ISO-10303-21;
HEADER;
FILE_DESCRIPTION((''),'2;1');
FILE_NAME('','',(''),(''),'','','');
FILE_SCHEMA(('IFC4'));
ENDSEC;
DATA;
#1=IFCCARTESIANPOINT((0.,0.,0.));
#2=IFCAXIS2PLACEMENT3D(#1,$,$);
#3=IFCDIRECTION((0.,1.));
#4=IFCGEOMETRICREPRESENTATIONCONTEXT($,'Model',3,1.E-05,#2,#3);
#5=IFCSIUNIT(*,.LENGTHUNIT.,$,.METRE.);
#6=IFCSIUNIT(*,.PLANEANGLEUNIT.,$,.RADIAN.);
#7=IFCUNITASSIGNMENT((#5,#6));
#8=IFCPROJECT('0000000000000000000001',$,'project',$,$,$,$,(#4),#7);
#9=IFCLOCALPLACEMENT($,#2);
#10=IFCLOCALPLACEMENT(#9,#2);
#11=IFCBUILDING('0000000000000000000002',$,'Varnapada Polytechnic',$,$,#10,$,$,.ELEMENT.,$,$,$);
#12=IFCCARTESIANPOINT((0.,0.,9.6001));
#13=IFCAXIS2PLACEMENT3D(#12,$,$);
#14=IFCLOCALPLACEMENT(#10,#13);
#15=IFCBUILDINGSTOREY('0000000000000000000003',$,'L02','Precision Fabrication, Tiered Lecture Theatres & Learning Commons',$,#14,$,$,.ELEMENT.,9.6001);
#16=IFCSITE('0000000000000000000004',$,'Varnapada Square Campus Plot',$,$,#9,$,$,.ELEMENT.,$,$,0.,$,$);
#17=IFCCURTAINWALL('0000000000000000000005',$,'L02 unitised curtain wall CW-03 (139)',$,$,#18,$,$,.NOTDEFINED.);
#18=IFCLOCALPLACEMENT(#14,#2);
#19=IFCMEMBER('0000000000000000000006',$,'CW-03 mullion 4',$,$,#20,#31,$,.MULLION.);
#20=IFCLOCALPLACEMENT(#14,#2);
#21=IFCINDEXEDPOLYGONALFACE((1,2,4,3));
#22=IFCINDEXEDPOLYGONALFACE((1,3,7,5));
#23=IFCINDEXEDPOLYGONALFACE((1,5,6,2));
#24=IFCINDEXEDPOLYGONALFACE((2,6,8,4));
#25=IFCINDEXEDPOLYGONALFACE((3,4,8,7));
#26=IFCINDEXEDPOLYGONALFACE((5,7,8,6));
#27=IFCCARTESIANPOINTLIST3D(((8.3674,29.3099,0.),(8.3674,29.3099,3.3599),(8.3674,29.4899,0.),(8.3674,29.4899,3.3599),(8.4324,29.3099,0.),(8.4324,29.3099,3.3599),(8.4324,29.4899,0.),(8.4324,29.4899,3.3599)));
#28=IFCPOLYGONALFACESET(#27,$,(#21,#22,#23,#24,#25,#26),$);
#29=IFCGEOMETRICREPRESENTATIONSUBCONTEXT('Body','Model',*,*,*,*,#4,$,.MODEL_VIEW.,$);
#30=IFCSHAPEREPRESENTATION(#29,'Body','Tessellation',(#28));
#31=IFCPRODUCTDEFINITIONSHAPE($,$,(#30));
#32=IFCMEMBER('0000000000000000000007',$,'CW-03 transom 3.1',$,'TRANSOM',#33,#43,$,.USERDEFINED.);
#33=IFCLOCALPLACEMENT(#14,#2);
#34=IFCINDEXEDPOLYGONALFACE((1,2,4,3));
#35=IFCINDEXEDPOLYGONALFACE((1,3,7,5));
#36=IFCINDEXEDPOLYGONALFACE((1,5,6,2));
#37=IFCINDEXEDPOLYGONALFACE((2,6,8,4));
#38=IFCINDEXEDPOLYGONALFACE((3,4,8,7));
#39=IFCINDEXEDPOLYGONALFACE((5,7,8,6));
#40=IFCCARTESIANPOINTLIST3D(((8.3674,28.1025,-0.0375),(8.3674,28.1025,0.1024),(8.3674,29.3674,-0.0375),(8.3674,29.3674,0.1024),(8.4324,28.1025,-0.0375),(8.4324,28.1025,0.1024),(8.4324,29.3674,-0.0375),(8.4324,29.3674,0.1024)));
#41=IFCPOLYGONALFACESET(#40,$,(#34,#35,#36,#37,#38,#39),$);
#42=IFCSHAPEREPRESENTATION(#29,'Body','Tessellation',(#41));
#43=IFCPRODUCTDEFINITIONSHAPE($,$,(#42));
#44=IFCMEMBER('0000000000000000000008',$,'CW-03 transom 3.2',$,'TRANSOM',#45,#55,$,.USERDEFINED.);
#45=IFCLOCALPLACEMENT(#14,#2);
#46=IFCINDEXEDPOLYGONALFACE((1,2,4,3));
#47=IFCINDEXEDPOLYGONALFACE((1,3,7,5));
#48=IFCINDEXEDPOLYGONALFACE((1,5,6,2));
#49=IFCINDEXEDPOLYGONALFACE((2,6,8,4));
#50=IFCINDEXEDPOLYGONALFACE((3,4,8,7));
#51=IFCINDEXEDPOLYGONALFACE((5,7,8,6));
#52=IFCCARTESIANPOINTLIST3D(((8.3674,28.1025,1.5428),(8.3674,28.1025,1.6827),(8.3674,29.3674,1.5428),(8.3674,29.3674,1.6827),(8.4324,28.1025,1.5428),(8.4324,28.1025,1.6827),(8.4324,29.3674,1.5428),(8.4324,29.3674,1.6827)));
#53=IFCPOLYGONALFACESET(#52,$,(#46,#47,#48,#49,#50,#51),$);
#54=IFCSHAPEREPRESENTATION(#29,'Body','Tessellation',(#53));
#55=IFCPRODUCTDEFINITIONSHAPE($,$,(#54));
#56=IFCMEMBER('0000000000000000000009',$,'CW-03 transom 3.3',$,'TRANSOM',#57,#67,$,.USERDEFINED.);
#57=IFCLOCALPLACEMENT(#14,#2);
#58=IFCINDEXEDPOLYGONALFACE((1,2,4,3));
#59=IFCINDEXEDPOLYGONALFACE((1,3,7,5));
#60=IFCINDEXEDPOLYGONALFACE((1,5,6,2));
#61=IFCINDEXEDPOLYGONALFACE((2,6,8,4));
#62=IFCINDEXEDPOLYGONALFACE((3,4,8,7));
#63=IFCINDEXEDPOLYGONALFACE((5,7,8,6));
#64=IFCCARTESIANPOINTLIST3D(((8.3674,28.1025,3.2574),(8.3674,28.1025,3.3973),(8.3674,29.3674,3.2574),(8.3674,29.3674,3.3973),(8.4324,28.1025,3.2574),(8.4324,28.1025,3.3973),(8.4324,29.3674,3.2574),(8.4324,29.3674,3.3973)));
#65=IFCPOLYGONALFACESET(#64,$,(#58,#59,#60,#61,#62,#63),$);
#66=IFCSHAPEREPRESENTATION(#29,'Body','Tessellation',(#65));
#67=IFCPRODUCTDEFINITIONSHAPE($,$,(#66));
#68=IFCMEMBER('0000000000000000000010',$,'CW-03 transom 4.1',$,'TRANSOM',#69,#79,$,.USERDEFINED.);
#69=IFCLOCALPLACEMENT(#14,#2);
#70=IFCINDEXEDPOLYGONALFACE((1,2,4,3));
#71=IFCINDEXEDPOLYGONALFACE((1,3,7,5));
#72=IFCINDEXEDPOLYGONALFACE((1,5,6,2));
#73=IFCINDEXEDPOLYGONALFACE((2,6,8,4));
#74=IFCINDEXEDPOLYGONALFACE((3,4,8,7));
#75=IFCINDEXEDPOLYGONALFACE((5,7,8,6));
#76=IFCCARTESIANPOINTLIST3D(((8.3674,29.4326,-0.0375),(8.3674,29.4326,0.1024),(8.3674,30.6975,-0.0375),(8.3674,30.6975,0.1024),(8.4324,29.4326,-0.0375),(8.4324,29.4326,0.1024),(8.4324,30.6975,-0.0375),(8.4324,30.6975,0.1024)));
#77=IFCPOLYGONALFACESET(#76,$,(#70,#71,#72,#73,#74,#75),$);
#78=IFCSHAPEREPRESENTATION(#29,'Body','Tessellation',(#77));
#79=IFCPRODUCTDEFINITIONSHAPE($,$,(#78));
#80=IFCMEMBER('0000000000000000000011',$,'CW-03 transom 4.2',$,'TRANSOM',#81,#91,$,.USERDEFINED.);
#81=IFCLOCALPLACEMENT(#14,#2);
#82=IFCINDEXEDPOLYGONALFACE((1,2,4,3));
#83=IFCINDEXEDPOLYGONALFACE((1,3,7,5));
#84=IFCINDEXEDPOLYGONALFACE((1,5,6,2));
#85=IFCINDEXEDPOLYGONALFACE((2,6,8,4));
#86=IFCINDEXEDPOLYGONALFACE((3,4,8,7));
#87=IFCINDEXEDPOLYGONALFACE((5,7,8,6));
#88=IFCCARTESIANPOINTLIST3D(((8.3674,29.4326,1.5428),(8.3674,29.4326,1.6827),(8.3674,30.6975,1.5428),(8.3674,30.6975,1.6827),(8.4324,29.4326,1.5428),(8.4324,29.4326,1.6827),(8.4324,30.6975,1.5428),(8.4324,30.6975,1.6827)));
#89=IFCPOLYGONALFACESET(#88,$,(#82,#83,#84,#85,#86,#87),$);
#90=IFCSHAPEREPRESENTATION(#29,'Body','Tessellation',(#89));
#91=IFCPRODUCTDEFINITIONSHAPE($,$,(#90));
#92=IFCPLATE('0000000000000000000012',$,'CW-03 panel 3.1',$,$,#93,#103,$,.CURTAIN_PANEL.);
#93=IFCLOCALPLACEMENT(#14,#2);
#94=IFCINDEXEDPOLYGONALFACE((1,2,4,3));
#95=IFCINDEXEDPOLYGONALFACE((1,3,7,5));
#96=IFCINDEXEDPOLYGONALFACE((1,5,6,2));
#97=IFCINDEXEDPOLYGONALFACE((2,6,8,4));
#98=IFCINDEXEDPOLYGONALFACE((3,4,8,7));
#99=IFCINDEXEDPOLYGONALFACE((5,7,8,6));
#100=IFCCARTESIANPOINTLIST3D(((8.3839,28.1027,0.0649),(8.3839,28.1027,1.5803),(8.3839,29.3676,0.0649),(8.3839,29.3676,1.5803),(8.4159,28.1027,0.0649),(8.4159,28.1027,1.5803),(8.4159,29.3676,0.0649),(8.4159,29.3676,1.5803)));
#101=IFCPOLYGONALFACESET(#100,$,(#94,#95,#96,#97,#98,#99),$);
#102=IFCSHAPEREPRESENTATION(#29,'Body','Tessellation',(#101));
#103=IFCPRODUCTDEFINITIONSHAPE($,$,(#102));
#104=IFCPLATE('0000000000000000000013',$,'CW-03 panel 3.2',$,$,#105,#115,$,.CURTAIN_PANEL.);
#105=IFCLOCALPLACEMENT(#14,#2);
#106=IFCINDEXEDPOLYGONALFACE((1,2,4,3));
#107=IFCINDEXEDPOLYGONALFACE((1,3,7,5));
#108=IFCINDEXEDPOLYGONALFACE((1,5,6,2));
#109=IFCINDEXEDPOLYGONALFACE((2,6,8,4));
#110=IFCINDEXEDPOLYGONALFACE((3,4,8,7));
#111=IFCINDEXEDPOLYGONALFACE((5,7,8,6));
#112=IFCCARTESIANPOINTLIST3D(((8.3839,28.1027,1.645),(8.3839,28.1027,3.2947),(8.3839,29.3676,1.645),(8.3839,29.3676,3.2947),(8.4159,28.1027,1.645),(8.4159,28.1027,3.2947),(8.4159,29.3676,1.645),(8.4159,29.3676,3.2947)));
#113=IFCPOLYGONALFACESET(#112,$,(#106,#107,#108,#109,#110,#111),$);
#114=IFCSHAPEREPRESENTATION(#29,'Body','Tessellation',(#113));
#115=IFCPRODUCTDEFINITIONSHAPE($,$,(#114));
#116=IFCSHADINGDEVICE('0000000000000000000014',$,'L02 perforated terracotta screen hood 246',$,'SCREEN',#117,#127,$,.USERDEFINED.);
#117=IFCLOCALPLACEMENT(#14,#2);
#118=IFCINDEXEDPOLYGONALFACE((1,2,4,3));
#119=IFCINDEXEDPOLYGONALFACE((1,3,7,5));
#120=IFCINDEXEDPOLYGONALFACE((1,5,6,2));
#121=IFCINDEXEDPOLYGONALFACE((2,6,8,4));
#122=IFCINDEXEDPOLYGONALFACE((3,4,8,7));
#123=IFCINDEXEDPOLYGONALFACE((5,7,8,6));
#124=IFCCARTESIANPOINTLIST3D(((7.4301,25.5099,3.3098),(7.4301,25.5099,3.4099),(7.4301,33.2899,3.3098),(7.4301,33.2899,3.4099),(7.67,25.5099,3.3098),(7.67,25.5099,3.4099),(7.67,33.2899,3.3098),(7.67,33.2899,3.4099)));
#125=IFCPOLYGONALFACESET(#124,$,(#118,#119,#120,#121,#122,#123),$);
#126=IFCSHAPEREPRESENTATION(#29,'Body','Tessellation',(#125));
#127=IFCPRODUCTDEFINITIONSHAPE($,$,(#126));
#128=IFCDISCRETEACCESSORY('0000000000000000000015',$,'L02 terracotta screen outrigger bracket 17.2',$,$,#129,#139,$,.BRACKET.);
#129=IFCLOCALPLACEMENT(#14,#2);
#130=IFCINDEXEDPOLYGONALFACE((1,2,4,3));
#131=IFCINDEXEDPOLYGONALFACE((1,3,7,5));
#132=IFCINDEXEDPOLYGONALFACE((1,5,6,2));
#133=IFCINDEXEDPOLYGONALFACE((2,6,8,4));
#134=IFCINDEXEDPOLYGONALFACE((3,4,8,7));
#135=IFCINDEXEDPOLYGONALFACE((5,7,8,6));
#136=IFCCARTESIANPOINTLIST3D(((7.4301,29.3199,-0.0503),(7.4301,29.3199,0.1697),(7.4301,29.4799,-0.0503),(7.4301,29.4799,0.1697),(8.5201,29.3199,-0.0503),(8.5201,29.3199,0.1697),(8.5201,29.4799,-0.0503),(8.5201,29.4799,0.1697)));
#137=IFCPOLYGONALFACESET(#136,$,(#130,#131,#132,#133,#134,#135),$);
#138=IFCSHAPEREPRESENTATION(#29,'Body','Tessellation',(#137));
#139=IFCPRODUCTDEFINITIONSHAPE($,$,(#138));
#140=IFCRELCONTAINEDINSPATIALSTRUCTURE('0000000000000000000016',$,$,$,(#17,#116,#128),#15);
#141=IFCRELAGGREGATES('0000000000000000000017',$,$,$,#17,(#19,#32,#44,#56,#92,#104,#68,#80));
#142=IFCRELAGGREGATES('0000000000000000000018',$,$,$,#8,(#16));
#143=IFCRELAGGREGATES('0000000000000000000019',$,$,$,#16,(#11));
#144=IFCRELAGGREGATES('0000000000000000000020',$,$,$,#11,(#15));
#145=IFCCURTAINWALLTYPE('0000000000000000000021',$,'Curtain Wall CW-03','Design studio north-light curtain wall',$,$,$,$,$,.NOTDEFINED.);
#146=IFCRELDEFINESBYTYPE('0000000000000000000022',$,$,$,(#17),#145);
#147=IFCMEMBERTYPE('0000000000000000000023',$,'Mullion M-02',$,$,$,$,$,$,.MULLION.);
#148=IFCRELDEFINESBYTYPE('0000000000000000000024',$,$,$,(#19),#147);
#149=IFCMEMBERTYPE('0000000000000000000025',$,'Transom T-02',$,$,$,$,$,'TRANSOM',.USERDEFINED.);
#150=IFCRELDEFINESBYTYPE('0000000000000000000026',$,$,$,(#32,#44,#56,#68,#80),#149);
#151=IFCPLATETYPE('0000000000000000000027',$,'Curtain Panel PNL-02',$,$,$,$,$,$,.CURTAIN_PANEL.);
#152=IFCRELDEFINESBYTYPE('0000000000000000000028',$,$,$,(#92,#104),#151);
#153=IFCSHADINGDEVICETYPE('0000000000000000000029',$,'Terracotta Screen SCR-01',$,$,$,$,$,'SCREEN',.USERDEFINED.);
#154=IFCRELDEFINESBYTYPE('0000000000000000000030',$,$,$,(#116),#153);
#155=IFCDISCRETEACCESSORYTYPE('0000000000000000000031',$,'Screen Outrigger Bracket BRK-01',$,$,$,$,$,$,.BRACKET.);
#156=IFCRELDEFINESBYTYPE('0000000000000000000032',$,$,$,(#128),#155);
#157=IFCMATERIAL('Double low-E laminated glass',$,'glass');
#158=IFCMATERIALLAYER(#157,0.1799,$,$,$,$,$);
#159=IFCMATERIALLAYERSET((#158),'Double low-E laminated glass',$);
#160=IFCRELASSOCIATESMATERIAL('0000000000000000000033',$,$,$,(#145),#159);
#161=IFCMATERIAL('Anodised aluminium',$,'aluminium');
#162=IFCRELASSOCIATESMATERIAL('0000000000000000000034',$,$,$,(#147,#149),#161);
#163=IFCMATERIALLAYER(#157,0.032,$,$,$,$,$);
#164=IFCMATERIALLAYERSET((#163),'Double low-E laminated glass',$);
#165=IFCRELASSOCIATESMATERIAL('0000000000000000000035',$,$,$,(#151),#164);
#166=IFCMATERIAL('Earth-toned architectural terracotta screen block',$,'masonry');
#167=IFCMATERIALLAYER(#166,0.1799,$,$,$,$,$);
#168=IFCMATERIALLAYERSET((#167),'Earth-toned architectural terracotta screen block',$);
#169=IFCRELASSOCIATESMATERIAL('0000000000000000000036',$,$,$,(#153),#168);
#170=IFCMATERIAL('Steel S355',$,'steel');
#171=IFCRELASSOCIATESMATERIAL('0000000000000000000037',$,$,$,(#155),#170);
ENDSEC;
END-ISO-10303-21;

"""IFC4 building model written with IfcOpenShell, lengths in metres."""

from ifc_helpers import new_model, si_unit, direction, frame, origin, origin_2d, place, context, subcontext, project, spatial, rectangle, extrude, material, layer, layer_set, material_profile, profile_set, type_object, element, aggregate, save


model = new_model("IFC4")

# Units and contexts
model_context = context("Model", 3, precision=1e-05, world=origin(), true_north=direction((0.0, 1.0)))
body_context = subcontext(model_context, "Body", "Model", "MODEL_VIEW")
ifc_project = project(units=[si_unit("LENGTHUNIT", "METRE"), si_unit("PLANEANGLEUNIT", "RADIAN")], contexts=[model_context])

# Site, building, storey
site_placement = place(None, origin())
site = spatial("IfcSite", under=ifc_project, at=site_placement, Name="Varnapada Square Campus Plot", CompositionType="ELEMENT", RefElevation=0.0)
building_placement = place(site_placement, origin())
building = spatial("IfcBuilding", under=site, at=building_placement, Name="Varnapada Polytechnic", CompositionType="ELEMENT")
storey_placement = place(building_placement, frame((0.0, 0.0, 9.6001)))
storey = spatial("IfcBuildingStorey", under=building, at=storey_placement, Name="L02", Description="Precision Fabrication, Tiered Lecture Theatres & Learning Commons", CompositionType="ELEMENT", Elevation=9.6001)

# Curtain wall, members, plates
ifc_material_1 = material(Name="Double low-E laminated glass", Category="glass")
ifc_layer_1 = layer(ifc_material_1, 0.1799)
ifc_layer_set_1 = layer_set([ifc_layer_1], Name="Double low-E laminated glass")
curtain_wall_type = type_object("IfcCurtainWallType", Name="Curtain Wall CW-03", Description="Design studio north-light curtain wall", PredefinedType="NOTDEFINED", material=ifc_layer_set_1)
curtain_wall_placement = place(storey_placement, origin())
curtain_wall = element("IfcCurtainWall", 1, at=curtain_wall_placement, inside=storey, type_object=curtain_wall_type, Name="L02 unitised curtain wall CW-03 (139)", PredefinedType="NOTDEFINED")
ifc_material_2 = material(Name="Anodised aluminium", Category="aluminium")
ifc_material_profile_1 = material_profile(ifc_material_2, rectangle(XDim=0.0649, YDim=0.1799, at=origin_2d()), Name="ALU M65x180")
ifc_profile_set_1 = profile_set([ifc_material_profile_1], Name="Anodised aluminium")
member_type_1 = type_object("IfcMemberType", Name="Mullion M-02", PredefinedType="MULLION", material=ifc_profile_set_1)
member_1_placement = place(storey_placement, frame((8.3999, 29.3999, 0.0), z_axis=(0.0, 0.0, 1.0), x_axis=(-1.0, 0.0, 0.0)))
member_1 = element("IfcMember", 2, at=member_1_placement, type_object=member_type_1, Name="CW-03 mullion 4", PredefinedType="MULLION", context=body_context, shape_type="SweptSolid", body=[
    extrude(rectangle(XDim=0.0649, YDim=0.1799, at=origin_2d()), origin(), (0.0, 0.0, 1.0), 3.3599),
])
ifc_material_profile_2 = material_profile(ifc_material_2, rectangle(XDim=0.0649, YDim=0.1399, at=origin_2d()), Name="ALU T65x140")
ifc_profile_set_2 = profile_set([ifc_material_profile_2], Name="Anodised aluminium")
member_type_2 = type_object("IfcMemberType", Name="Transom T-02", ElementType="TRANSOM", PredefinedType="USERDEFINED", material=ifc_profile_set_2)
member_2_placement = place(storey_placement, frame((8.3999, 28.1025, 0.0325), z_axis=(0.0, 1.0, 0.0), x_axis=(-1.0, 0.0, 0.0)))
member_2 = element("IfcMember", 3, at=member_2_placement, type_object=member_type_2, Name="CW-03 transom 3.1", ObjectType="TRANSOM", PredefinedType="USERDEFINED", context=body_context, shape_type="SweptSolid", body=[
    extrude(rectangle(XDim=0.0649, YDim=0.1399, at=origin_2d()), origin(), (0.0, 0.0, 1.0), 1.2649),
])
member_3_placement = place(storey_placement, frame((8.3999, 28.1025, 1.6128), z_axis=(0.0, 1.0, 0.0), x_axis=(-1.0, 0.0, 0.0)))
member_3 = element("IfcMember", 4, at=member_3_placement, type_object=member_type_2, Name="CW-03 transom 3.2", ObjectType="TRANSOM", PredefinedType="USERDEFINED", context=body_context, shape_type="SweptSolid", body=[
    extrude(rectangle(XDim=0.0649, YDim=0.1399, at=origin_2d()), origin(), (0.0, 0.0, 1.0), 1.2649),
])
member_4_placement = place(storey_placement, frame((8.3999, 28.1025, 3.3274), z_axis=(0.0, 1.0, 0.0), x_axis=(-1.0, 0.0, 0.0)))
member_4 = element("IfcMember", 5, at=member_4_placement, type_object=member_type_2, Name="CW-03 transom 3.3", ObjectType="TRANSOM", PredefinedType="USERDEFINED", context=body_context, shape_type="SweptSolid", body=[
    extrude(rectangle(XDim=0.0649, YDim=0.1399, at=origin_2d()), origin(), (0.0, 0.0, 1.0), 1.2649),
])
member_5_placement = place(storey_placement, frame((8.3999, 29.4326, 0.0325), z_axis=(0.0, 1.0, 0.0), x_axis=(-1.0, 0.0, 0.0)))
member_5 = element("IfcMember", 6, at=member_5_placement, type_object=member_type_2, Name="CW-03 transom 4.1", ObjectType="TRANSOM", PredefinedType="USERDEFINED", context=body_context, shape_type="SweptSolid", body=[
    extrude(rectangle(XDim=0.0649, YDim=0.1399, at=origin_2d()), origin(), (0.0, 0.0, 1.0), 1.2649),
])
member_6_placement = place(storey_placement, frame((8.3999, 29.4326, 1.6128), z_axis=(0.0, 1.0, 0.0), x_axis=(-1.0, 0.0, 0.0)))
member_6 = element("IfcMember", 7, at=member_6_placement, type_object=member_type_2, Name="CW-03 transom 4.2", ObjectType="TRANSOM", PredefinedType="USERDEFINED", context=body_context, shape_type="SweptSolid", body=[
    extrude(rectangle(XDim=0.0649, YDim=0.1399, at=origin_2d()), origin(), (0.0, 0.0, 1.0), 1.2649),
])
ifc_layer_2 = layer(ifc_material_1, 0.032)
ifc_layer_set_2 = layer_set([ifc_layer_2], Name="Double low-E laminated glass")
plate_type = type_object("IfcPlateType", Name="Curtain Panel PNL-02", PredefinedType="CURTAIN_PANEL", material=ifc_layer_set_2)
plate_1_placement = place(storey_placement, frame((8.3999, 28.7351, 0.0649), z_axis=(0.0, 0.0, 1.0), x_axis=(0.0, 1.0, 0.0)))
plate_1 = element("IfcPlate", 8, at=plate_1_placement, type_object=plate_type, Name="CW-03 panel 3.1", PredefinedType="CURTAIN_PANEL", context=body_context, shape_type="SweptSolid", body=[
    extrude(rectangle(XDim=1.2649, YDim=0.032, at=origin_2d()), origin(), (0.0, 0.0, 1.0), 1.5154),
])
plate_2_placement = place(storey_placement, frame((8.3999, 28.7351, 1.645), z_axis=(0.0, 0.0, 1.0), x_axis=(0.0, 1.0, 0.0)))
plate_2 = element("IfcPlate", 9, at=plate_2_placement, type_object=plate_type, Name="CW-03 panel 3.2", PredefinedType="CURTAIN_PANEL", context=body_context, shape_type="SweptSolid", body=[
    extrude(rectangle(XDim=1.2649, YDim=0.032, at=origin_2d()), origin(), (0.0, 0.0, 1.0), 1.6497),
])
aggregate(curtain_wall, [member_1, member_2, member_3, member_4, plate_1, plate_2, member_5, member_6])

# Shading device
ifc_material_3 = material(Name="Earth-toned architectural terracotta screen block", Category="masonry")
ifc_layer_3 = layer(ifc_material_3, 0.1799)
ifc_layer_set_3 = layer_set([ifc_layer_3], Name="Earth-toned architectural terracotta screen block")
shading_device_type = type_object("IfcShadingDeviceType", Name="Terracotta Screen SCR-01", ElementType="SCREEN", PredefinedType="USERDEFINED", material=ifc_layer_set_3)
shading_device_placement = place(storey_placement, frame((7.55, 29.3999, 3.3098), z_axis=(0.0, 0.0, 1.0), x_axis=(0.0, 1.0, 0.0)))
element("IfcShadingDevice", 10, at=shading_device_placement, inside=storey, type_object=shading_device_type, Name="L02 perforated terracotta screen hood 246", ObjectType="SCREEN", PredefinedType="USERDEFINED", context=body_context, shape_type="SweptSolid", body=[
    extrude(rectangle(XDim=7.78, YDim=0.24, at=origin_2d()), origin(), (0.0, 0.0, 1.0), 0.1001),
])

# Discrete accessory
ifc_material_4 = material(Name="Steel S355", Category="steel")
discrete_accessory_type = type_object("IfcDiscreteAccessoryType", Name="Screen Outrigger Bracket BRK-01", PredefinedType="BRACKET", material=ifc_material_4)
discrete_accessory_placement = place(storey_placement, frame((7.9751, 29.3999, -0.0503), z_axis=(0.0, 0.0, 1.0), x_axis=(0.0, 1.0, 0.0)))
element("IfcDiscreteAccessory", 11, at=discrete_accessory_placement, inside=storey, type_object=discrete_accessory_type, Name="L02 terracotta screen outrigger bracket 17.2", PredefinedType="BRACKET", context=body_context, shape_type="SweptSolid", body=[
    extrude(rectangle(XDim=0.1599, YDim=1.0901, at=origin_2d()), origin(), (0.0, 0.0, 1.0), 0.22),
])

save(model, "model.ifc")
